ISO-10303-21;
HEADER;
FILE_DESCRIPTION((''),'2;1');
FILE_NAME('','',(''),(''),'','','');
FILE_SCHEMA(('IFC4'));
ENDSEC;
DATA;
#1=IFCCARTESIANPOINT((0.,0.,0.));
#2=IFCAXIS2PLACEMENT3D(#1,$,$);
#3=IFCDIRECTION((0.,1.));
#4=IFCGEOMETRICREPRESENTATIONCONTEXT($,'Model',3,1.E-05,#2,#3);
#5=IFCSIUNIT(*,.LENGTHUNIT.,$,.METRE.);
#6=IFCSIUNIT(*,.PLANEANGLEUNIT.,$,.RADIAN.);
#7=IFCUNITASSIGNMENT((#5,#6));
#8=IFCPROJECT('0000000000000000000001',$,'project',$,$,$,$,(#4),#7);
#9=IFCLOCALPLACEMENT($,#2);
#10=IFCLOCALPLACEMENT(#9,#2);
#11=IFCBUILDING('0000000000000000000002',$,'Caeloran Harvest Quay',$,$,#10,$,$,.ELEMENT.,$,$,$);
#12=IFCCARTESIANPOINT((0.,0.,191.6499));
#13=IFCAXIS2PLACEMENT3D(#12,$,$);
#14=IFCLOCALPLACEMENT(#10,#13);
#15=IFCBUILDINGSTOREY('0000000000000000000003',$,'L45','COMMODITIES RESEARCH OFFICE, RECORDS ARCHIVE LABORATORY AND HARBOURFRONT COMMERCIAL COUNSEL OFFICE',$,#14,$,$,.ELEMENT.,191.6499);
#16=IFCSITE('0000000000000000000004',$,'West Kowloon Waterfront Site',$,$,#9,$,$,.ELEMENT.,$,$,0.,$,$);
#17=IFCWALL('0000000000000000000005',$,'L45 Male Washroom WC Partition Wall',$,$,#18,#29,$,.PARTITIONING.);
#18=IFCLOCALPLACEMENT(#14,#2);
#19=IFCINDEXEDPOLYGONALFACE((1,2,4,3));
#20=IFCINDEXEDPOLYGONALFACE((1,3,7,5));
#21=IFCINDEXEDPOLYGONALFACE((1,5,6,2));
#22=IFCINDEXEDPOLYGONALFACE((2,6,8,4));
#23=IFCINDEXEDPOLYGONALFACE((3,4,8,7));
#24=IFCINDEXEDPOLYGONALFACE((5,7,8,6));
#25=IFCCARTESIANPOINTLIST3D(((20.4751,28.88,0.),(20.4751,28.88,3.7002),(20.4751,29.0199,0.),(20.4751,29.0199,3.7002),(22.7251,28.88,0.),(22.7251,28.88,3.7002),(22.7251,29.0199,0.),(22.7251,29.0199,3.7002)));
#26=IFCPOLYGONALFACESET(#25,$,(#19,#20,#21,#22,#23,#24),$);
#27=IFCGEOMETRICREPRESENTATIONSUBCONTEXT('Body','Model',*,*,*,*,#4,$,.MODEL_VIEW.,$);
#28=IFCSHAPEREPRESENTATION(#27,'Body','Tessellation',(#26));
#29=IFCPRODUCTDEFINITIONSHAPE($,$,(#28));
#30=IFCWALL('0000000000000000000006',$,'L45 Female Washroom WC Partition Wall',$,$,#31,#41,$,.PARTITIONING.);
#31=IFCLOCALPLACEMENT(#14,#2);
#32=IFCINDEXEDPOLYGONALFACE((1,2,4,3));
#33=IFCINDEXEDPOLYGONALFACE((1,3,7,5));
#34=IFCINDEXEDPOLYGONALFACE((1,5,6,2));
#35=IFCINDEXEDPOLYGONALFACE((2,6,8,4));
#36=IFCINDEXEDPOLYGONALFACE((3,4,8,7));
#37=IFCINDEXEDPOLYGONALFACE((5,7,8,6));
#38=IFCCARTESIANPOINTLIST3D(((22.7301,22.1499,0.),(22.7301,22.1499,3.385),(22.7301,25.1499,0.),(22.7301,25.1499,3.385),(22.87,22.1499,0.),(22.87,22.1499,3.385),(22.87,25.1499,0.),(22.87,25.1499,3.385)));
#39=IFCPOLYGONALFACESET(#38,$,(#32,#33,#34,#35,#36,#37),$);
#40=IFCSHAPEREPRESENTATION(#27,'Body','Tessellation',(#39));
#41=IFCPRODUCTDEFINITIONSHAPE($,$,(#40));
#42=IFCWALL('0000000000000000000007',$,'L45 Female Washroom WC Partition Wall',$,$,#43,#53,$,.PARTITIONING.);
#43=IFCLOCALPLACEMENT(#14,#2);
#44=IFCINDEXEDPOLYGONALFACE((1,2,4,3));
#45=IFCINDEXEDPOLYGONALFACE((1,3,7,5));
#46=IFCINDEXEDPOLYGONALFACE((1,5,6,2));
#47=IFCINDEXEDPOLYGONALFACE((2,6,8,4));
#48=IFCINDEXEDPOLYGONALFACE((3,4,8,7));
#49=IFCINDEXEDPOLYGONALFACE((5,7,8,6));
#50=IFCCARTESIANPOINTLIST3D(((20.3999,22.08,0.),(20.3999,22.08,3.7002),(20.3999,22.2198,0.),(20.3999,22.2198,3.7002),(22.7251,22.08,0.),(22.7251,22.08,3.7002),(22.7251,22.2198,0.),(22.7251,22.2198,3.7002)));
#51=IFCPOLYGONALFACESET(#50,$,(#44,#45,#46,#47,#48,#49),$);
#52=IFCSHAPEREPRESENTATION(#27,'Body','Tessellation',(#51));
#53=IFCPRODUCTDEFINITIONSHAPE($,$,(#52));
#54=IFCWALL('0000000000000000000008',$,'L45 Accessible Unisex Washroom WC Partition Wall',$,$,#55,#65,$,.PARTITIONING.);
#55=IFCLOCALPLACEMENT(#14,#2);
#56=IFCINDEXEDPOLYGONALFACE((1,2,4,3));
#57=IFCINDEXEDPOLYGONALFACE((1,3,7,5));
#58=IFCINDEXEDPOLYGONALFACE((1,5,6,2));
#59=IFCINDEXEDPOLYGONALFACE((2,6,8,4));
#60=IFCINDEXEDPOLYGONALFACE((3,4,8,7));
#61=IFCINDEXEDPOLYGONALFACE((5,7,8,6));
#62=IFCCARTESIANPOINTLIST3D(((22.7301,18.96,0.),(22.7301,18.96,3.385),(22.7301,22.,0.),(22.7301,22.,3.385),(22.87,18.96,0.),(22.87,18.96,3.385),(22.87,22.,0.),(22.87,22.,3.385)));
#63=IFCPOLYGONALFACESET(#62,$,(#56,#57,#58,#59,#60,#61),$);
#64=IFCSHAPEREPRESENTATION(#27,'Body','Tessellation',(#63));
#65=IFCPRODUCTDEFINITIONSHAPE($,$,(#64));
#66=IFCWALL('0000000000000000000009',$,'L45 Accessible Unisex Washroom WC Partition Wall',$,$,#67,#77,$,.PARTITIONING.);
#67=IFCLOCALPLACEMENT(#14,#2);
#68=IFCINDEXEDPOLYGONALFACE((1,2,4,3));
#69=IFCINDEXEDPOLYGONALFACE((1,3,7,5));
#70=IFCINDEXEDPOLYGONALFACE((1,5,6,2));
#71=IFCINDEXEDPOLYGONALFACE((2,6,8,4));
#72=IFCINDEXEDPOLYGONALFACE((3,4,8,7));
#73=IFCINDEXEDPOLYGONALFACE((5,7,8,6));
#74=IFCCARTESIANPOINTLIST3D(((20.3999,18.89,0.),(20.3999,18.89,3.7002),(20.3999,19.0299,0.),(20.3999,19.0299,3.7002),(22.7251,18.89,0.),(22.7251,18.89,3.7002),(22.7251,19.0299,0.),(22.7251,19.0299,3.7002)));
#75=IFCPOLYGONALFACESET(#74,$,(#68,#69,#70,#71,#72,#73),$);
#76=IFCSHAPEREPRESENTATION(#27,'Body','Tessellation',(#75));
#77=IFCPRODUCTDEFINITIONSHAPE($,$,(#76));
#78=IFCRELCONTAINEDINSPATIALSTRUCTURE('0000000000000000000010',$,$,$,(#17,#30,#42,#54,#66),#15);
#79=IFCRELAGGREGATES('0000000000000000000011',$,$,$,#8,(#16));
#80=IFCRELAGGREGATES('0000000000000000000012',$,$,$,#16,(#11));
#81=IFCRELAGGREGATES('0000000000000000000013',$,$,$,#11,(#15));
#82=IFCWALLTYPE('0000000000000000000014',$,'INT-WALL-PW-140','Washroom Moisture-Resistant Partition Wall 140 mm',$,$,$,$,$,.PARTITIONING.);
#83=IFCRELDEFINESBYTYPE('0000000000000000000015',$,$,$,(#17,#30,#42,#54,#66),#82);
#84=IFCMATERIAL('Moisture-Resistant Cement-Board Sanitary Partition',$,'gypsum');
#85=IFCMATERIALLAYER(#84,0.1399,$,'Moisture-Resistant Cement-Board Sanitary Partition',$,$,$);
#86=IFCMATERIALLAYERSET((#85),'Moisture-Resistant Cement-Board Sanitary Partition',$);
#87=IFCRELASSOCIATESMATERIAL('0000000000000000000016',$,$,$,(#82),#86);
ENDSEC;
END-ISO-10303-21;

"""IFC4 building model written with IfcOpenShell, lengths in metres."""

from ifc_helpers import new_model, si_unit, direction, frame, frame_2d, origin, place, context, subcontext, project, spatial, rectangle, extrude, material, layer, layer_set, type_object, element, save


model = new_model("IFC4")

# Units and contexts
model_context = context("Model", 3, precision=1e-05, world=origin(), true_north=direction((0.0, 1.0)))
body_context = subcontext(model_context, "Body", "Model", "MODEL_VIEW")
ifc_project = project(units=[si_unit("LENGTHUNIT", "METRE"), si_unit("PLANEANGLEUNIT", "RADIAN")], contexts=[model_context])

# Site, building, storey
site_placement = place(None, origin())
site = spatial("IfcSite", under=ifc_project, at=site_placement, Name="West Kowloon Waterfront Site", CompositionType="ELEMENT", RefElevation=0.0)
building_placement = place(site_placement, origin())
building = spatial("IfcBuilding", under=site, at=building_placement, Name="Caeloran Harvest Quay", CompositionType="ELEMENT")
storey_placement = place(building_placement, frame((0.0, 0.0, 191.6499)))
storey = spatial("IfcBuildingStorey", under=building, at=storey_placement, Name="L45", Description="COMMODITIES RESEARCH OFFICE, RECORDS ARCHIVE LABORATORY AND HARBOURFRONT COMMERCIAL COUNSEL OFFICE", CompositionType="ELEMENT", Elevation=191.6499)

# Shared definitions
ifc_material_1 = material(Name="Moisture-Resistant Cement-Board Sanitary Partition", Category="gypsum")
ifc_layer_1 = layer(ifc_material_1, 0.1399, Name="Moisture-Resistant Cement-Board Sanitary Partition")
ifc_layer_set_1 = layer_set([ifc_layer_1], Name="Moisture-Resistant Cement-Board Sanitary Partition")
wall_type_1 = type_object("IfcWallType", Name="INT-WALL-PW-140", Description="Washroom Moisture-Resistant Partition Wall 140 mm", PredefinedType="PARTITIONING", material=ifc_layer_set_1)

# Walls
wall_1_placement = place(storey_placement, frame((20.4751, 28.95, 0.0), z_axis=(0.0, 0.0, 1.0), x_axis=(1.0, 0.0, 0.0)))
element("IfcWall", 1, at=wall_1_placement, inside=storey, type_object=wall_type_1, Name="L45 Male Washroom WC Partition Wall", PredefinedType="PARTITIONING", context=body_context, shape_type="SweptSolid", body=[
    extrude(rectangle(XDim=2.25, YDim=0.1399, at=frame_2d((1.125, 0.0))), origin(), (0.0, 0.0, 1.0), 3.7002),
])
wall_2_placement = place(storey_placement, frame((22.8, 25.1499, 0.0), z_axis=(0.0, 0.0, 1.0), x_axis=(0.0, -1.0, 0.0)))
element("IfcWall", 2, at=wall_2_placement, inside=storey, type_object=wall_type_1, Name="L45 Female Washroom WC Partition Wall", PredefinedType="PARTITIONING", context=body_context, shape_type="SweptSolid", body=[
    extrude(rectangle(XDim=3.0, YDim=0.1399, at=frame_2d((1.5, 0.0))), origin(), (0.0, 0.0, 1.0), 3.385),
])
wall_3_placement = place(storey_placement, frame((22.7251, 22.1499, 0.0), z_axis=(0.0, 0.0, 1.0), x_axis=(-1.0, 0.0, 0.0)))
element("IfcWall", 3, at=wall_3_placement, inside=storey, type_object=wall_type_1, Name="L45 Female Washroom WC Partition Wall", PredefinedType="PARTITIONING", context=body_context, shape_type="SweptSolid", body=[
    extrude(rectangle(XDim=2.3252, YDim=0.1399, at=frame_2d((1.1626, 0.0))), origin(), (0.0, 0.0, 1.0), 3.7002),
])
wall_4_placement = place(storey_placement, frame((22.8, 22.0, 0.0), z_axis=(0.0, 0.0, 1.0), x_axis=(0.0, -1.0, 0.0)))
element("IfcWall", 4, at=wall_4_placement, inside=storey, type_object=wall_type_1, Name="L45 Accessible Unisex Washroom WC Partition Wall", PredefinedType="PARTITIONING", context=body_context, shape_type="SweptSolid", body=[
    extrude(rectangle(XDim=3.04, YDim=0.1399, at=frame_2d((1.52, 0.0))), origin(), (0.0, 0.0, 1.0), 3.385),
])
wall_5_placement = place(storey_placement, frame((22.7251, 18.96, 0.0), z_axis=(0.0, 0.0, 1.0), x_axis=(-1.0, 0.0, 0.0)))
element("IfcWall", 5, at=wall_5_placement, inside=storey, type_object=wall_type_1, Name="L45 Accessible Unisex Washroom WC Partition Wall", PredefinedType="PARTITIONING", context=body_context, shape_type="SweptSolid", body=[
    extrude(rectangle(XDim=2.3252, YDim=0.1399, at=frame_2d((1.1626, 0.0))), origin(), (0.0, 0.0, 1.0), 3.7002),
])

save(model, "model.ifc")
